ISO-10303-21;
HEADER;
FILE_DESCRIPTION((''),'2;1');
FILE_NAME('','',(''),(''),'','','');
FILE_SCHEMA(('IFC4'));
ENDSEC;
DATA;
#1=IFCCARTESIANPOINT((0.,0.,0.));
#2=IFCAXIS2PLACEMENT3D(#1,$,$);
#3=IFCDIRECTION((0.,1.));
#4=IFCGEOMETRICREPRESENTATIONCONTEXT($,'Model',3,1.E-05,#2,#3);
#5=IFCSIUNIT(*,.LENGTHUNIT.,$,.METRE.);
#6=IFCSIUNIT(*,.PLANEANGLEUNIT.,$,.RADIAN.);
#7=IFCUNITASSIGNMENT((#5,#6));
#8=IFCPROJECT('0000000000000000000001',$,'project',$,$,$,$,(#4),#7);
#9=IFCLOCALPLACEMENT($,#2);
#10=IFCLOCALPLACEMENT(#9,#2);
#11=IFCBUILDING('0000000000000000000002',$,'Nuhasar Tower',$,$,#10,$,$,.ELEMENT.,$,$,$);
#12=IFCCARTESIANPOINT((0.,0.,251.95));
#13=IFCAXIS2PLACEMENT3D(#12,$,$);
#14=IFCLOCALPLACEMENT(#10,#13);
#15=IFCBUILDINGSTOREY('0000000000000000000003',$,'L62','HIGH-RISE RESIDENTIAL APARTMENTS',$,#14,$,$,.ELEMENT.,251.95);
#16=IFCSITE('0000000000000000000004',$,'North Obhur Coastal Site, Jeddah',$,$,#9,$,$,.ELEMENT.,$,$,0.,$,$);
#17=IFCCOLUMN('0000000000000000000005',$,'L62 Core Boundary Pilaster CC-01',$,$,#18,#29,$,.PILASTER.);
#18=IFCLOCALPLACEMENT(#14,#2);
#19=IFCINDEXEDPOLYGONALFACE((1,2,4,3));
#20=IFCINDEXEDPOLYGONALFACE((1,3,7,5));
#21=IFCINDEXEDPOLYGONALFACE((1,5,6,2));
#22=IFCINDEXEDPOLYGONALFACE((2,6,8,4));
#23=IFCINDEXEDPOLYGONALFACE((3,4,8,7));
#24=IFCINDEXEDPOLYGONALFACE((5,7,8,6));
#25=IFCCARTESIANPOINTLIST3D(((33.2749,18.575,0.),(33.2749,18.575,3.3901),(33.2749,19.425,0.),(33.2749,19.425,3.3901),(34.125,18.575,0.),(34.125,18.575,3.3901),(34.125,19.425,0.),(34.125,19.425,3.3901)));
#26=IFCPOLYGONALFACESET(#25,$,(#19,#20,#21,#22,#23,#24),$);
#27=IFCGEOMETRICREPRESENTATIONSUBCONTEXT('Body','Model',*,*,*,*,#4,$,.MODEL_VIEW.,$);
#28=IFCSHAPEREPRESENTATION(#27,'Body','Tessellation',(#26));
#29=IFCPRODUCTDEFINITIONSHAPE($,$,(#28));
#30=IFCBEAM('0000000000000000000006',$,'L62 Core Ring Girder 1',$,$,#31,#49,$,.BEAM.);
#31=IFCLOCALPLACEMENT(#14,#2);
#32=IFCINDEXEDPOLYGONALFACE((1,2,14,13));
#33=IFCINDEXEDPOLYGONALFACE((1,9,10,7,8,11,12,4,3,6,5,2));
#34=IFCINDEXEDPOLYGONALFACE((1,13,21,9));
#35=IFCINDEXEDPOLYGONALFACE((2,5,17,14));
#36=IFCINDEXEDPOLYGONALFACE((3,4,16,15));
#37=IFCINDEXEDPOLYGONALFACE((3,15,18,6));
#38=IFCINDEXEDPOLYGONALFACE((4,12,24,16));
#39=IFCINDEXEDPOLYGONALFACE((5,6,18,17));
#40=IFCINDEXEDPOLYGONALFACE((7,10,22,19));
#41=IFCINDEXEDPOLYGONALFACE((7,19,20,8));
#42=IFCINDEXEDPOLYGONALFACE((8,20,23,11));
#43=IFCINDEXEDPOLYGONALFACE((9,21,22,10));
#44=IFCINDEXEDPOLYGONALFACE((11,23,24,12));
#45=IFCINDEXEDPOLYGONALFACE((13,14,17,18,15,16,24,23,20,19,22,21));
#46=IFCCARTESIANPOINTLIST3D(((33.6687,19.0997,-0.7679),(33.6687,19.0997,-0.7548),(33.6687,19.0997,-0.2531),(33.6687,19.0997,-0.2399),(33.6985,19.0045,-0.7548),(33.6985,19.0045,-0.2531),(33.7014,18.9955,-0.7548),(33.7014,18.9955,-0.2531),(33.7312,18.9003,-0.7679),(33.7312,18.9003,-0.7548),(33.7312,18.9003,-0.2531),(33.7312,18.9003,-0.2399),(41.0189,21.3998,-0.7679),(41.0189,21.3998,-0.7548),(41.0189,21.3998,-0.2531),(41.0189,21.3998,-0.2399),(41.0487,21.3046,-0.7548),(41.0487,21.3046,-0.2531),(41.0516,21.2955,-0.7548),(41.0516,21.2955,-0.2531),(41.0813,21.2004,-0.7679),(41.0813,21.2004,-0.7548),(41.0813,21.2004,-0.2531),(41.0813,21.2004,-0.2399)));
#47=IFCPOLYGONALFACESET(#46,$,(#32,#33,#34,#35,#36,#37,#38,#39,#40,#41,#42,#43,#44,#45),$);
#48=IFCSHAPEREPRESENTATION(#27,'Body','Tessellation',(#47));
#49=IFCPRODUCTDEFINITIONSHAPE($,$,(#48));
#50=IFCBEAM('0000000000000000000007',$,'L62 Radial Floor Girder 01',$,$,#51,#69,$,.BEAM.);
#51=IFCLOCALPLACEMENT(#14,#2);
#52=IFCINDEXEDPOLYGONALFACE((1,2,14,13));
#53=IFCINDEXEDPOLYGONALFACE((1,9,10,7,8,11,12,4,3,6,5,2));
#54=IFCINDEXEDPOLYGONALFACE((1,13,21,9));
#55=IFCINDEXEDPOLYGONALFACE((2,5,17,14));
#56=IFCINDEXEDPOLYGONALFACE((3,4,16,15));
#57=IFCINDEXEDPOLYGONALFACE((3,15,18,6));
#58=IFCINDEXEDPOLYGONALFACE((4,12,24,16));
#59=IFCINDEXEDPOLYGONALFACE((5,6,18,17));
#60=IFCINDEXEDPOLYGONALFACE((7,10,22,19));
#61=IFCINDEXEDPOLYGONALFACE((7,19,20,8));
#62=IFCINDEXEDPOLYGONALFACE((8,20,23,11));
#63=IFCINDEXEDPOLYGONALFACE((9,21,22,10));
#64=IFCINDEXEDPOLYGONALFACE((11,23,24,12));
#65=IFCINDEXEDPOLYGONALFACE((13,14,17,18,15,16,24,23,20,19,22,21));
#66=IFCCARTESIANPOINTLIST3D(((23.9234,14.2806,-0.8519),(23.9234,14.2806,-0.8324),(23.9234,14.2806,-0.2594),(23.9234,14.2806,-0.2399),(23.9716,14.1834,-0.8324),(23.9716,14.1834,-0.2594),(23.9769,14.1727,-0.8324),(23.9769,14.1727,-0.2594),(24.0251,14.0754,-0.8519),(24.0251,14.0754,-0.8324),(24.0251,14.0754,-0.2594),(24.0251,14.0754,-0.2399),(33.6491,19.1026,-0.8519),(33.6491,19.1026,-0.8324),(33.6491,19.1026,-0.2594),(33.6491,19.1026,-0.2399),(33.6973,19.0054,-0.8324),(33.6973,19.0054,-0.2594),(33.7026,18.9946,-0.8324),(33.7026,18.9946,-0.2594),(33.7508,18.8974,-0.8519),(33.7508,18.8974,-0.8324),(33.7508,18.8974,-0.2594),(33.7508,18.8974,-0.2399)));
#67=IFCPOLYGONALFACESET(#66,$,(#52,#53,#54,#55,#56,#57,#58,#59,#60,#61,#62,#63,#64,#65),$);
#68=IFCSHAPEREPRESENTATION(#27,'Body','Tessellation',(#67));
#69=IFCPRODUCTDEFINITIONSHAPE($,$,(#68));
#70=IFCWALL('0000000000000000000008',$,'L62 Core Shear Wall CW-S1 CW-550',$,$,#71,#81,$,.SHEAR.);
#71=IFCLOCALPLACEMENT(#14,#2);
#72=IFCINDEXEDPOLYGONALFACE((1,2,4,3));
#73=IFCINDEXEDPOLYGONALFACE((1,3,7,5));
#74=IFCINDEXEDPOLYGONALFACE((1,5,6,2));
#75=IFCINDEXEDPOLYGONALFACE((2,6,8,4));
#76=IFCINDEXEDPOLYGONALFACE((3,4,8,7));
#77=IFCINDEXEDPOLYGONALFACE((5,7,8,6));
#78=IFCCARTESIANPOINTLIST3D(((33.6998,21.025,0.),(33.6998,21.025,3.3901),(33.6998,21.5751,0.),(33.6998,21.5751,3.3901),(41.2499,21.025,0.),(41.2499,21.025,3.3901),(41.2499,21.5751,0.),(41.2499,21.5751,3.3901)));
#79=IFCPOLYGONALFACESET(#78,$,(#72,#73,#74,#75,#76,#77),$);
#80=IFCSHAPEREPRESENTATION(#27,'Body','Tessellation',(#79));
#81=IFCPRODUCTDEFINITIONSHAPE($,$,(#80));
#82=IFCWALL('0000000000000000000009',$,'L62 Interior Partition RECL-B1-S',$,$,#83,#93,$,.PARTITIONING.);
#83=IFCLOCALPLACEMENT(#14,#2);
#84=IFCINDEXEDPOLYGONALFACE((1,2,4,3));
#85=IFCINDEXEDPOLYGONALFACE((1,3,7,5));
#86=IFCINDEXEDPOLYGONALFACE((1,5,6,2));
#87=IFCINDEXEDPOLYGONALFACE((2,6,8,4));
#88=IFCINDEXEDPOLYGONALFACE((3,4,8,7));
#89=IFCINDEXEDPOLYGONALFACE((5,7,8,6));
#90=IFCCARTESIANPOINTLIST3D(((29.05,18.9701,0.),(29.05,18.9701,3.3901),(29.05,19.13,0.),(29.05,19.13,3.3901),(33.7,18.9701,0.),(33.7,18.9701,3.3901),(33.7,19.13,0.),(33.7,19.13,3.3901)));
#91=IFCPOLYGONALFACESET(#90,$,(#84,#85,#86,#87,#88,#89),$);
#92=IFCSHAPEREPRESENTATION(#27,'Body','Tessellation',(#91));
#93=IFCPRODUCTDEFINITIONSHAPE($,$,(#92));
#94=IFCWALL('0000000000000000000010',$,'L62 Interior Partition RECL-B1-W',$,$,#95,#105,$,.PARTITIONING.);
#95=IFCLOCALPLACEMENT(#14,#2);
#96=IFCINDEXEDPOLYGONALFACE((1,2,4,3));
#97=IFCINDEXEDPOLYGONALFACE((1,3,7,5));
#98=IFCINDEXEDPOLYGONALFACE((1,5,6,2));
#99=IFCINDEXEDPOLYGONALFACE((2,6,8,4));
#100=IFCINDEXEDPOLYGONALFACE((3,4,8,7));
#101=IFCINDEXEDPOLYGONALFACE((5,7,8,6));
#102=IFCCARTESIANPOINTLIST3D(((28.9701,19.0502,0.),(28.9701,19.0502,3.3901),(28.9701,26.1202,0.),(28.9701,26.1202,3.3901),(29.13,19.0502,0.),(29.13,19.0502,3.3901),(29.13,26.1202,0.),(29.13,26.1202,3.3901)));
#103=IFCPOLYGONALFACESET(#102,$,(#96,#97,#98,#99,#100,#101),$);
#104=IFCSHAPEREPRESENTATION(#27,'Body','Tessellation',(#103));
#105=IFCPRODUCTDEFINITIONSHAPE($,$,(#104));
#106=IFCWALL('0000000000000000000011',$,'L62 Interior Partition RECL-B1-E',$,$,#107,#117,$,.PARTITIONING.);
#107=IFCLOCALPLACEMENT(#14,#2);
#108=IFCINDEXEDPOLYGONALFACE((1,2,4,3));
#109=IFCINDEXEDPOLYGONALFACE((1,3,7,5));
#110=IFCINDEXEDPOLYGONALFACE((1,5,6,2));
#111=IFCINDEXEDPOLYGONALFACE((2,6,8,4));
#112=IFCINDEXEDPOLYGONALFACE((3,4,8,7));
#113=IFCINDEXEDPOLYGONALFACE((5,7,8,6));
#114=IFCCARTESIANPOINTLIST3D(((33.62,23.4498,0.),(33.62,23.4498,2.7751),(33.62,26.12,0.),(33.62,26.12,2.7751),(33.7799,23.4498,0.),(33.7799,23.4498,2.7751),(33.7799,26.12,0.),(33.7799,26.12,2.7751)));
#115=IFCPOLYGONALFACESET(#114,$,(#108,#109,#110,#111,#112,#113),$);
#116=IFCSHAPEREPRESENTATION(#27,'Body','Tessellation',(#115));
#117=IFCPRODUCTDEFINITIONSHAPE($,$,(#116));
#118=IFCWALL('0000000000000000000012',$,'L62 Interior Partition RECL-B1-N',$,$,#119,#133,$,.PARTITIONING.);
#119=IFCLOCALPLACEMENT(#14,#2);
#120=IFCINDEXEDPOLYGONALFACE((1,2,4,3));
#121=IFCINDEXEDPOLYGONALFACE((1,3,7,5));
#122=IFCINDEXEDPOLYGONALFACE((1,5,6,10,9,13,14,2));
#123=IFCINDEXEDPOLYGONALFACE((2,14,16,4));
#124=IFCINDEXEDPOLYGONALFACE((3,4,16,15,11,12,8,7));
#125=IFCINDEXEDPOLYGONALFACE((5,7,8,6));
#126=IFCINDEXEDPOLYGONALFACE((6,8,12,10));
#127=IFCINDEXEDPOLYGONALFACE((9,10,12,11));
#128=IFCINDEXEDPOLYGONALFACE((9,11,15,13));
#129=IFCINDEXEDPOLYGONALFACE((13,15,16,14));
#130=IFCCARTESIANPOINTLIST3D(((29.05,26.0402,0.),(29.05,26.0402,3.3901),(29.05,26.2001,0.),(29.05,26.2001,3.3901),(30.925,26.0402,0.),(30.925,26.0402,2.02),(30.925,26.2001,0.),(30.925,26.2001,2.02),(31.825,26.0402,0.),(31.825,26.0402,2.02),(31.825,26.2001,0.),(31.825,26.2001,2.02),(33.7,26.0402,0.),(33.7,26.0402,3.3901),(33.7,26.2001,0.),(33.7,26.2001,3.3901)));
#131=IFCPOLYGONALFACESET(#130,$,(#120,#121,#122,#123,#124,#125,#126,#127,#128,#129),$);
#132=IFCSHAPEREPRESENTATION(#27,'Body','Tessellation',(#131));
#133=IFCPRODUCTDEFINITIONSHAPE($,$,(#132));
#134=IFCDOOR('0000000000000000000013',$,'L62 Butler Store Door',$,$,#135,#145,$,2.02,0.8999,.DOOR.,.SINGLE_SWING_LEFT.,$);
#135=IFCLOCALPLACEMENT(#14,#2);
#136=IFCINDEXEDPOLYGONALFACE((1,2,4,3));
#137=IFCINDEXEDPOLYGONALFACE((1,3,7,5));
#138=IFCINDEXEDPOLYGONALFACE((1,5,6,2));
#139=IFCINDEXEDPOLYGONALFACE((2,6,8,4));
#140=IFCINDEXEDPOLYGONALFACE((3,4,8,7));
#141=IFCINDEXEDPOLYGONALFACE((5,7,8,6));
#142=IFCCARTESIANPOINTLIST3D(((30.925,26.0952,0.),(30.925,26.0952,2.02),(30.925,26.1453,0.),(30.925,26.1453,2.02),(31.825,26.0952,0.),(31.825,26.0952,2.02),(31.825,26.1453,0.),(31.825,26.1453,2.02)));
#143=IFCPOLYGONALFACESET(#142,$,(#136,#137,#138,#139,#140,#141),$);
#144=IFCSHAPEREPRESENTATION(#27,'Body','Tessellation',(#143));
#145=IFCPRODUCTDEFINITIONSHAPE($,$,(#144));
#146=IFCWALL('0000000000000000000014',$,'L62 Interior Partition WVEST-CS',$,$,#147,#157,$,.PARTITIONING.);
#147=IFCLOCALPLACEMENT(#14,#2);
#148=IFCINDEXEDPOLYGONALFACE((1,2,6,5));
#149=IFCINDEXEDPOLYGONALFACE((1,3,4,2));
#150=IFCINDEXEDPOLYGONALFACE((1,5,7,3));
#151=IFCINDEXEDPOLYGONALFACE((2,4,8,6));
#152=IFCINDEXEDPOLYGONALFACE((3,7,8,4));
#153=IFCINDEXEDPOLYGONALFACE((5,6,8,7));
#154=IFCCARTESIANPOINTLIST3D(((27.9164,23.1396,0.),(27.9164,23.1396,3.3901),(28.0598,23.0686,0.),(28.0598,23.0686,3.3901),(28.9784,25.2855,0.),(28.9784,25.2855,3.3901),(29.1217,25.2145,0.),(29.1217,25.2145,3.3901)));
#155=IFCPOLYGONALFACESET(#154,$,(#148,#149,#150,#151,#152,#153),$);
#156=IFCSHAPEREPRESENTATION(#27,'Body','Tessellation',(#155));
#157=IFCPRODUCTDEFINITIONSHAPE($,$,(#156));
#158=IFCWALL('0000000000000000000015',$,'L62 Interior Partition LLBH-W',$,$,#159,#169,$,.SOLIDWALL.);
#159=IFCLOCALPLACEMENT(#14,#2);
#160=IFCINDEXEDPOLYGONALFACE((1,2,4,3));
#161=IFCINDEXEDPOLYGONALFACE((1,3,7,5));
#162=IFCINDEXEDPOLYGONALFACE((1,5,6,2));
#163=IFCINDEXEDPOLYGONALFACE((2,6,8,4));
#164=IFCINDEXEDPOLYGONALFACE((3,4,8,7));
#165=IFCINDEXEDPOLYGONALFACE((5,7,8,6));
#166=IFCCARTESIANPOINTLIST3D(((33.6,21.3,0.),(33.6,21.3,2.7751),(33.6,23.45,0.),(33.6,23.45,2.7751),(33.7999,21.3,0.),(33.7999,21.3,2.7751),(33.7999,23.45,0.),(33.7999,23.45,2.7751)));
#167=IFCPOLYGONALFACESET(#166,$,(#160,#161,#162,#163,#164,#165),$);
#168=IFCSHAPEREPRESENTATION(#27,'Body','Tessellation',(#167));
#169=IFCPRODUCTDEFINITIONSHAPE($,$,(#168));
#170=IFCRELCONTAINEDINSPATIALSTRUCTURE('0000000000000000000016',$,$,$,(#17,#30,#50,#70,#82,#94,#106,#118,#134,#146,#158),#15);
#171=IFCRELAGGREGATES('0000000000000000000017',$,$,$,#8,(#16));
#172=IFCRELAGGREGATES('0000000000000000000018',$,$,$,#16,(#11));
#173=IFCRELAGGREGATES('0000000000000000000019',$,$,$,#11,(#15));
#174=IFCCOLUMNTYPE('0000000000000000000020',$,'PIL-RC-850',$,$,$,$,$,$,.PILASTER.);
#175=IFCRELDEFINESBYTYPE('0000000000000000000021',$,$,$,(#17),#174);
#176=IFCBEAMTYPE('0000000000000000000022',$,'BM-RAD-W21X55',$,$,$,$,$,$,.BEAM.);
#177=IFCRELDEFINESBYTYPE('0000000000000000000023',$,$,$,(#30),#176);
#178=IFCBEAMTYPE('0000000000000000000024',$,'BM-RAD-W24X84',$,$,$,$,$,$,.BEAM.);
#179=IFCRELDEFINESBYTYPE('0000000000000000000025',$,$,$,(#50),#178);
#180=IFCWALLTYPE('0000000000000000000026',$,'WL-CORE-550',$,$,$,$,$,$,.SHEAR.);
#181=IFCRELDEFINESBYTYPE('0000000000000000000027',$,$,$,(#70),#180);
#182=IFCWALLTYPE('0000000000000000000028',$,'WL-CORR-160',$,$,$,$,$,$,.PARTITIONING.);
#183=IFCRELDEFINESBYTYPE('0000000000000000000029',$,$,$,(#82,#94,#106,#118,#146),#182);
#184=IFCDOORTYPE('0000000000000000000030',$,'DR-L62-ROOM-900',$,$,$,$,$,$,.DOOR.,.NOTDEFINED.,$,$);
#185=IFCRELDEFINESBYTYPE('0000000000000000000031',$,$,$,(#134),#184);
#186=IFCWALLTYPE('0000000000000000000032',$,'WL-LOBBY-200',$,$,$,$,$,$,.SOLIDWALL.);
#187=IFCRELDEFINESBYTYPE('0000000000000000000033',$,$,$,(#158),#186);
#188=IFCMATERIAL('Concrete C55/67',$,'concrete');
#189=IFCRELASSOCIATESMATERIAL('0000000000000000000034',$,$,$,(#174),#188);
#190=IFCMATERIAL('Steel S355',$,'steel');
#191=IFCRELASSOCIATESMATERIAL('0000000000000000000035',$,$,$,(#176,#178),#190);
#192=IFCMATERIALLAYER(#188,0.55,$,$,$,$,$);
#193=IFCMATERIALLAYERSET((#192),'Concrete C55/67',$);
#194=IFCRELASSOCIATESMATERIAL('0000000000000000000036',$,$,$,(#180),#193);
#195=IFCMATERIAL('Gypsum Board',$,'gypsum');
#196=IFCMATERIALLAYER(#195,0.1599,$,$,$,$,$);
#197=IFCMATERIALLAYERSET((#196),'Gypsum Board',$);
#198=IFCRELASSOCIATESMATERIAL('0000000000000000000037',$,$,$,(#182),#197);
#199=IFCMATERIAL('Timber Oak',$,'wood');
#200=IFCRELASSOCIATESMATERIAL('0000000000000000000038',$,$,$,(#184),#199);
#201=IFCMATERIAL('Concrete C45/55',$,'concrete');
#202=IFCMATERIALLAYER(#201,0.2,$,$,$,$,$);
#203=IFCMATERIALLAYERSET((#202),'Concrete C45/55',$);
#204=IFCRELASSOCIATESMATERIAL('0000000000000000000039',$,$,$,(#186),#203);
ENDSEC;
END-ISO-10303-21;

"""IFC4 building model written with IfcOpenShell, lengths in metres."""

from ifc_helpers import new_model, si_unit, direction, frame, frame_2d, origin, origin_2d, place, context, subcontext, project, spatial, rectangle, i_section, extrude, material, layer, layer_set, material_profile, profile_set, type_object, element, fill, save


model = new_model("IFC4")

# Units and contexts
model_context = context("Model", 3, precision=1e-05, world=origin(), true_north=direction((0.0, 1.0)))
body_context = subcontext(model_context, "Body", "Model", "MODEL_VIEW")
ifc_project = project(units=[si_unit("LENGTHUNIT", "METRE"), si_unit("PLANEANGLEUNIT", "RADIAN")], contexts=[model_context])

# Site, building, storey
site_placement = place(None, origin())
site = spatial("IfcSite", under=ifc_project, at=site_placement, Name="North Obhur Coastal Site, Jeddah", CompositionType="ELEMENT", RefElevation=0.0)
building_placement = place(site_placement, origin())
building = spatial("IfcBuilding", under=site, at=building_placement, Name="Nuhasar Tower", CompositionType="ELEMENT")
storey_placement = place(building_placement, frame((0.0, 0.0, 251.95)))
storey = spatial("IfcBuildingStorey", under=building, at=storey_placement, Name="L62", Description="HIGH-RISE RESIDENTIAL APARTMENTS", CompositionType="ELEMENT", Elevation=251.95)

# Column
ifc_material_1 = material(Name="Concrete C55/67", Category="concrete")
ifc_material_profile_1 = material_profile(ifc_material_1, rectangle(XDim=0.8501, YDim=0.8501, at=origin_2d()), Name="RC850X850")
ifc_profile_set_1 = profile_set([ifc_material_profile_1], Name="Concrete C55/67")
column_type = type_object("IfcColumnType", Name="PIL-RC-850", PredefinedType="PILASTER", material=ifc_profile_set_1)
column_placement = place(storey_placement, frame((33.7, 19.0, 0.0), z_axis=(0.0, 0.0, 1.0), x_axis=(1.0, 0.0, 0.0)))
element("IfcColumn", 1, at=column_placement, inside=storey, type_object=column_type, Name="L62 Core Boundary Pilaster CC-01", PredefinedType="PILASTER", context=body_context, shape_type="SweptSolid", body=[
    extrude(rectangle(XDim=0.8501, YDim=0.8501, at=origin_2d()), origin(), (0.0, 0.0, 1.0), 3.3901),
])

# Beams
ifc_material_2 = material(Name="Steel S355", Category="steel")
ifc_material_profile_2 = material_profile(ifc_material_2, i_section(OverallWidth=0.209, OverallDepth=0.5281, WebThickness=0.0095, FlangeThickness=0.0132, at=origin_2d()), Name="W21X55")
ifc_profile_set_2 = profile_set([ifc_material_profile_2], Name="Steel S355")
beam_type_1 = type_object("IfcBeamType", Name="BM-RAD-W21X55", PredefinedType="BEAM", material=ifc_profile_set_2)
beam_1_placement = place(storey_placement, frame((33.7, 19.0, -0.5039), z_axis=(0.954364, 0.298647, 0.0), x_axis=(-0.298647, 0.954364, 0.0)))
element("IfcBeam", 2, at=beam_1_placement, inside=storey, type_object=beam_type_1, Name="L62 Core Ring Girder 1", PredefinedType="BEAM", context=body_context, shape_type="SweptSolid", body=[
    extrude(i_section(OverallWidth=0.209, OverallDepth=0.5281, WebThickness=0.0095, FlangeThickness=0.0132, at=origin_2d()), origin(), (0.0, 0.0, 1.0), 7.7017),
])
ifc_material_profile_3 = material_profile(ifc_material_2, i_section(OverallWidth=0.229, OverallDepth=0.6121, WebThickness=0.012, FlangeThickness=0.0195, at=origin_2d()), Name="W24X84")
ifc_profile_set_3 = profile_set([ifc_material_profile_3], Name="Steel S355")
beam_type_2 = type_object("IfcBeamType", Name="BM-RAD-W24X84", PredefinedType="BEAM", material=ifc_profile_set_3)
beam_2_placement = place(storey_placement, frame((33.7, 19.0, -0.5459), z_axis=(-0.895929, -0.444197, 0.0), x_axis=(0.444197, -0.895929, 0.0)))
element("IfcBeam", 3, at=beam_2_placement, inside=storey, type_object=beam_type_2, Name="L62 Radial Floor Girder 01", PredefinedType="BEAM", context=body_context, shape_type="SweptSolid", body=[
    extrude(i_section(OverallWidth=0.229, OverallDepth=0.6121, WebThickness=0.012, FlangeThickness=0.0195, at=origin_2d()), origin(), (0.0, 0.0, 1.0), 10.8555),
])

# Walls
ifc_layer_1 = layer(ifc_material_1, 0.55)
ifc_layer_set_1 = layer_set([ifc_layer_1], Name="Concrete C55/67")
wall_type_1 = type_object("IfcWallType", Name="WL-CORE-550", PredefinedType="SHEAR", material=ifc_layer_set_1)
wall_1_placement = place(storey_placement, frame((33.7, 21.3, 0.0), z_axis=(0.0, 0.0, 1.0), x_axis=(1.0, 0.0, 0.0)))
element("IfcWall", 4, at=wall_1_placement, inside=storey, type_object=wall_type_1, Name="L62 Core Shear Wall CW-S1 CW-550", PredefinedType="SHEAR", context=body_context, shape_type="SweptSolid", body=[
    extrude(rectangle(XDim=7.55, YDim=0.55, at=frame_2d((3.7749, 0.0))), origin(), (0.0, 0.0, 1.0), 3.3901),
])
ifc_material_3 = material(Name="Gypsum Board", Category="gypsum")
ifc_layer_2 = layer(ifc_material_3, 0.1599)
ifc_layer_set_2 = layer_set([ifc_layer_2], Name="Gypsum Board")
wall_type_2 = type_object("IfcWallType", Name="WL-CORR-160", PredefinedType="PARTITIONING", material=ifc_layer_set_2)
wall_2_placement = place(storey_placement, frame((29.05, 19.05, 0.0), z_axis=(0.0, 0.0, 1.0), x_axis=(1.0, 0.0, 0.0)))
element("IfcWall", 5, at=wall_2_placement, inside=storey, type_object=wall_type_2, Name="L62 Interior Partition RECL-B1-S", PredefinedType="PARTITIONING", context=body_context, shape_type="SweptSolid", body=[
    extrude(rectangle(XDim=4.6499, YDim=0.1599, at=frame_2d((2.325, 0.0))), origin(), (0.0, 0.0, 1.0), 3.3901),
])
wall_3_placement = place(storey_placement, frame((29.05, 19.05, 0.0), z_axis=(0.0, 0.0, 1.0), x_axis=(0.0, 1.0, 0.0)))
element("IfcWall", 6, at=wall_3_placement, inside=storey, type_object=wall_type_2, Name="L62 Interior Partition RECL-B1-W", PredefinedType="PARTITIONING", context=body_context, shape_type="SweptSolid", body=[
    extrude(rectangle(XDim=7.0701, YDim=0.1599, at=frame_2d((3.5352, 0.0))), origin(), (0.0, 0.0, 1.0), 3.3901),
])
wall_4_placement = place(storey_placement, frame((33.7, 23.45, 0.0), z_axis=(0.0, 0.0, 1.0), x_axis=(0.0, 1.0, 0.0)))
element("IfcWall", 7, at=wall_4_placement, inside=storey, type_object=wall_type_2, Name="L62 Interior Partition RECL-B1-E", PredefinedType="PARTITIONING", context=body_context, shape_type="SweptSolid", body=[
    extrude(rectangle(XDim=2.6702, YDim=0.1599, at=frame_2d((1.335, 0.0))), origin(), (0.0, 0.0, 1.0), 2.7751),
])

# Wall, opening, door
wall_5_placement = place(storey_placement, frame((33.7, 26.1201, 0.0), z_axis=(0.0, 0.0, 1.0), x_axis=(-1.0, 0.0, 0.0)))
wall_5 = element("IfcWall", 8, at=wall_5_placement, inside=storey, type_object=wall_type_2, Name="L62 Interior Partition RECL-B1-N", PredefinedType="PARTITIONING", context=body_context, shape_type="SweptSolid", body=[
    extrude(rectangle(XDim=4.6499, YDim=0.1599, at=frame_2d((2.325, 0.0))), origin(), (0.0, 0.0, 1.0), 3.3901),
])
opening_1_placement = place(wall_5_placement, frame((1.875, 0.0, 0.0)))
opening_1 = element("IfcOpeningElement", 9, at=opening_1_placement, cuts=wall_5, PredefinedType="OPENING", context=body_context, shape_type="SweptSolid", body=[
    extrude(rectangle(XDim=0.8999, YDim=2.02, at=frame_2d((0.45, 1.01))), frame((0.0, 0.0898, 0.0), z_axis=(0.0, -1.0, 0.0), x_axis=(1.0, 0.0, 0.0)), (0.0, 0.0, 1.0), 0.1799),
])
ifc_material_4 = material(Name="Timber Oak", Category="wood")
door_type_1 = type_object("IfcDoorType", Name="DR-L62-ROOM-900", OperationType="NOTDEFINED", PredefinedType="DOOR", material=ifc_material_4)
door_1_placement = place(opening_1_placement, origin())
door_1 = element("IfcDoor", 10, at=door_1_placement, inside=storey, type_object=door_type_1, Name="L62 Butler Store Door", OperationType="SINGLE_SWING_LEFT", OverallHeight=2.02, OverallWidth=0.8999, PredefinedType="DOOR", context=body_context, shape_type="SweptSolid", body=[
    extrude(rectangle(XDim=0.8999, YDim=2.02, at=frame_2d((0.45, 1.01))), frame((0.0, 0.0249, 0.0), z_axis=(0.0, -1.0, 0.0), x_axis=(1.0, 0.0, 0.0)), (0.0, 0.0, 1.0), 0.05),
])
fill(opening_1, door_1)

# Walls
wall_6_placement = place(storey_placement, frame((27.988, 23.104, 0.0), z_axis=(0.0, 0.0, 1.0), x_axis=(0.443539, 0.896255, 0.0)))
element("IfcWall", 11, at=wall_6_placement, inside=storey, type_object=wall_type_2, Name="L62 Interior Partition WVEST-CS", PredefinedType="PARTITIONING", context=body_context, shape_type="SweptSolid", body=[
    extrude(rectangle(XDim=2.3943, YDim=0.1599, at=frame_2d((1.1973, 0.0))), origin(), (0.0, 0.0, 1.0), 3.3901),
])
ifc_material_5 = material(Name="Concrete C45/55", Category="concrete")
ifc_layer_3 = layer(ifc_material_5, 0.2)
ifc_layer_set_3 = layer_set([ifc_layer_3], Name="Concrete C45/55")
wall_type_3 = type_object("IfcWallType", Name="WL-LOBBY-200", PredefinedType="SOLIDWALL", material=ifc_layer_set_3)
wall_7_placement = place(storey_placement, frame((33.7, 21.3, 0.0), z_axis=(0.0, 0.0, 1.0), x_axis=(0.0, 1.0, 0.0)))
element("IfcWall", 12, at=wall_7_placement, inside=storey, type_object=wall_type_3, Name="L62 Interior Partition LLBH-W", PredefinedType="SOLIDWALL", context=body_context, shape_type="SweptSolid", body=[
    extrude(rectangle(XDim=2.1499, YDim=0.2, at=frame_2d((1.075, 0.0))), origin(), (0.0, 0.0, 1.0), 2.7751),
])

save(model, "model.ifc")
